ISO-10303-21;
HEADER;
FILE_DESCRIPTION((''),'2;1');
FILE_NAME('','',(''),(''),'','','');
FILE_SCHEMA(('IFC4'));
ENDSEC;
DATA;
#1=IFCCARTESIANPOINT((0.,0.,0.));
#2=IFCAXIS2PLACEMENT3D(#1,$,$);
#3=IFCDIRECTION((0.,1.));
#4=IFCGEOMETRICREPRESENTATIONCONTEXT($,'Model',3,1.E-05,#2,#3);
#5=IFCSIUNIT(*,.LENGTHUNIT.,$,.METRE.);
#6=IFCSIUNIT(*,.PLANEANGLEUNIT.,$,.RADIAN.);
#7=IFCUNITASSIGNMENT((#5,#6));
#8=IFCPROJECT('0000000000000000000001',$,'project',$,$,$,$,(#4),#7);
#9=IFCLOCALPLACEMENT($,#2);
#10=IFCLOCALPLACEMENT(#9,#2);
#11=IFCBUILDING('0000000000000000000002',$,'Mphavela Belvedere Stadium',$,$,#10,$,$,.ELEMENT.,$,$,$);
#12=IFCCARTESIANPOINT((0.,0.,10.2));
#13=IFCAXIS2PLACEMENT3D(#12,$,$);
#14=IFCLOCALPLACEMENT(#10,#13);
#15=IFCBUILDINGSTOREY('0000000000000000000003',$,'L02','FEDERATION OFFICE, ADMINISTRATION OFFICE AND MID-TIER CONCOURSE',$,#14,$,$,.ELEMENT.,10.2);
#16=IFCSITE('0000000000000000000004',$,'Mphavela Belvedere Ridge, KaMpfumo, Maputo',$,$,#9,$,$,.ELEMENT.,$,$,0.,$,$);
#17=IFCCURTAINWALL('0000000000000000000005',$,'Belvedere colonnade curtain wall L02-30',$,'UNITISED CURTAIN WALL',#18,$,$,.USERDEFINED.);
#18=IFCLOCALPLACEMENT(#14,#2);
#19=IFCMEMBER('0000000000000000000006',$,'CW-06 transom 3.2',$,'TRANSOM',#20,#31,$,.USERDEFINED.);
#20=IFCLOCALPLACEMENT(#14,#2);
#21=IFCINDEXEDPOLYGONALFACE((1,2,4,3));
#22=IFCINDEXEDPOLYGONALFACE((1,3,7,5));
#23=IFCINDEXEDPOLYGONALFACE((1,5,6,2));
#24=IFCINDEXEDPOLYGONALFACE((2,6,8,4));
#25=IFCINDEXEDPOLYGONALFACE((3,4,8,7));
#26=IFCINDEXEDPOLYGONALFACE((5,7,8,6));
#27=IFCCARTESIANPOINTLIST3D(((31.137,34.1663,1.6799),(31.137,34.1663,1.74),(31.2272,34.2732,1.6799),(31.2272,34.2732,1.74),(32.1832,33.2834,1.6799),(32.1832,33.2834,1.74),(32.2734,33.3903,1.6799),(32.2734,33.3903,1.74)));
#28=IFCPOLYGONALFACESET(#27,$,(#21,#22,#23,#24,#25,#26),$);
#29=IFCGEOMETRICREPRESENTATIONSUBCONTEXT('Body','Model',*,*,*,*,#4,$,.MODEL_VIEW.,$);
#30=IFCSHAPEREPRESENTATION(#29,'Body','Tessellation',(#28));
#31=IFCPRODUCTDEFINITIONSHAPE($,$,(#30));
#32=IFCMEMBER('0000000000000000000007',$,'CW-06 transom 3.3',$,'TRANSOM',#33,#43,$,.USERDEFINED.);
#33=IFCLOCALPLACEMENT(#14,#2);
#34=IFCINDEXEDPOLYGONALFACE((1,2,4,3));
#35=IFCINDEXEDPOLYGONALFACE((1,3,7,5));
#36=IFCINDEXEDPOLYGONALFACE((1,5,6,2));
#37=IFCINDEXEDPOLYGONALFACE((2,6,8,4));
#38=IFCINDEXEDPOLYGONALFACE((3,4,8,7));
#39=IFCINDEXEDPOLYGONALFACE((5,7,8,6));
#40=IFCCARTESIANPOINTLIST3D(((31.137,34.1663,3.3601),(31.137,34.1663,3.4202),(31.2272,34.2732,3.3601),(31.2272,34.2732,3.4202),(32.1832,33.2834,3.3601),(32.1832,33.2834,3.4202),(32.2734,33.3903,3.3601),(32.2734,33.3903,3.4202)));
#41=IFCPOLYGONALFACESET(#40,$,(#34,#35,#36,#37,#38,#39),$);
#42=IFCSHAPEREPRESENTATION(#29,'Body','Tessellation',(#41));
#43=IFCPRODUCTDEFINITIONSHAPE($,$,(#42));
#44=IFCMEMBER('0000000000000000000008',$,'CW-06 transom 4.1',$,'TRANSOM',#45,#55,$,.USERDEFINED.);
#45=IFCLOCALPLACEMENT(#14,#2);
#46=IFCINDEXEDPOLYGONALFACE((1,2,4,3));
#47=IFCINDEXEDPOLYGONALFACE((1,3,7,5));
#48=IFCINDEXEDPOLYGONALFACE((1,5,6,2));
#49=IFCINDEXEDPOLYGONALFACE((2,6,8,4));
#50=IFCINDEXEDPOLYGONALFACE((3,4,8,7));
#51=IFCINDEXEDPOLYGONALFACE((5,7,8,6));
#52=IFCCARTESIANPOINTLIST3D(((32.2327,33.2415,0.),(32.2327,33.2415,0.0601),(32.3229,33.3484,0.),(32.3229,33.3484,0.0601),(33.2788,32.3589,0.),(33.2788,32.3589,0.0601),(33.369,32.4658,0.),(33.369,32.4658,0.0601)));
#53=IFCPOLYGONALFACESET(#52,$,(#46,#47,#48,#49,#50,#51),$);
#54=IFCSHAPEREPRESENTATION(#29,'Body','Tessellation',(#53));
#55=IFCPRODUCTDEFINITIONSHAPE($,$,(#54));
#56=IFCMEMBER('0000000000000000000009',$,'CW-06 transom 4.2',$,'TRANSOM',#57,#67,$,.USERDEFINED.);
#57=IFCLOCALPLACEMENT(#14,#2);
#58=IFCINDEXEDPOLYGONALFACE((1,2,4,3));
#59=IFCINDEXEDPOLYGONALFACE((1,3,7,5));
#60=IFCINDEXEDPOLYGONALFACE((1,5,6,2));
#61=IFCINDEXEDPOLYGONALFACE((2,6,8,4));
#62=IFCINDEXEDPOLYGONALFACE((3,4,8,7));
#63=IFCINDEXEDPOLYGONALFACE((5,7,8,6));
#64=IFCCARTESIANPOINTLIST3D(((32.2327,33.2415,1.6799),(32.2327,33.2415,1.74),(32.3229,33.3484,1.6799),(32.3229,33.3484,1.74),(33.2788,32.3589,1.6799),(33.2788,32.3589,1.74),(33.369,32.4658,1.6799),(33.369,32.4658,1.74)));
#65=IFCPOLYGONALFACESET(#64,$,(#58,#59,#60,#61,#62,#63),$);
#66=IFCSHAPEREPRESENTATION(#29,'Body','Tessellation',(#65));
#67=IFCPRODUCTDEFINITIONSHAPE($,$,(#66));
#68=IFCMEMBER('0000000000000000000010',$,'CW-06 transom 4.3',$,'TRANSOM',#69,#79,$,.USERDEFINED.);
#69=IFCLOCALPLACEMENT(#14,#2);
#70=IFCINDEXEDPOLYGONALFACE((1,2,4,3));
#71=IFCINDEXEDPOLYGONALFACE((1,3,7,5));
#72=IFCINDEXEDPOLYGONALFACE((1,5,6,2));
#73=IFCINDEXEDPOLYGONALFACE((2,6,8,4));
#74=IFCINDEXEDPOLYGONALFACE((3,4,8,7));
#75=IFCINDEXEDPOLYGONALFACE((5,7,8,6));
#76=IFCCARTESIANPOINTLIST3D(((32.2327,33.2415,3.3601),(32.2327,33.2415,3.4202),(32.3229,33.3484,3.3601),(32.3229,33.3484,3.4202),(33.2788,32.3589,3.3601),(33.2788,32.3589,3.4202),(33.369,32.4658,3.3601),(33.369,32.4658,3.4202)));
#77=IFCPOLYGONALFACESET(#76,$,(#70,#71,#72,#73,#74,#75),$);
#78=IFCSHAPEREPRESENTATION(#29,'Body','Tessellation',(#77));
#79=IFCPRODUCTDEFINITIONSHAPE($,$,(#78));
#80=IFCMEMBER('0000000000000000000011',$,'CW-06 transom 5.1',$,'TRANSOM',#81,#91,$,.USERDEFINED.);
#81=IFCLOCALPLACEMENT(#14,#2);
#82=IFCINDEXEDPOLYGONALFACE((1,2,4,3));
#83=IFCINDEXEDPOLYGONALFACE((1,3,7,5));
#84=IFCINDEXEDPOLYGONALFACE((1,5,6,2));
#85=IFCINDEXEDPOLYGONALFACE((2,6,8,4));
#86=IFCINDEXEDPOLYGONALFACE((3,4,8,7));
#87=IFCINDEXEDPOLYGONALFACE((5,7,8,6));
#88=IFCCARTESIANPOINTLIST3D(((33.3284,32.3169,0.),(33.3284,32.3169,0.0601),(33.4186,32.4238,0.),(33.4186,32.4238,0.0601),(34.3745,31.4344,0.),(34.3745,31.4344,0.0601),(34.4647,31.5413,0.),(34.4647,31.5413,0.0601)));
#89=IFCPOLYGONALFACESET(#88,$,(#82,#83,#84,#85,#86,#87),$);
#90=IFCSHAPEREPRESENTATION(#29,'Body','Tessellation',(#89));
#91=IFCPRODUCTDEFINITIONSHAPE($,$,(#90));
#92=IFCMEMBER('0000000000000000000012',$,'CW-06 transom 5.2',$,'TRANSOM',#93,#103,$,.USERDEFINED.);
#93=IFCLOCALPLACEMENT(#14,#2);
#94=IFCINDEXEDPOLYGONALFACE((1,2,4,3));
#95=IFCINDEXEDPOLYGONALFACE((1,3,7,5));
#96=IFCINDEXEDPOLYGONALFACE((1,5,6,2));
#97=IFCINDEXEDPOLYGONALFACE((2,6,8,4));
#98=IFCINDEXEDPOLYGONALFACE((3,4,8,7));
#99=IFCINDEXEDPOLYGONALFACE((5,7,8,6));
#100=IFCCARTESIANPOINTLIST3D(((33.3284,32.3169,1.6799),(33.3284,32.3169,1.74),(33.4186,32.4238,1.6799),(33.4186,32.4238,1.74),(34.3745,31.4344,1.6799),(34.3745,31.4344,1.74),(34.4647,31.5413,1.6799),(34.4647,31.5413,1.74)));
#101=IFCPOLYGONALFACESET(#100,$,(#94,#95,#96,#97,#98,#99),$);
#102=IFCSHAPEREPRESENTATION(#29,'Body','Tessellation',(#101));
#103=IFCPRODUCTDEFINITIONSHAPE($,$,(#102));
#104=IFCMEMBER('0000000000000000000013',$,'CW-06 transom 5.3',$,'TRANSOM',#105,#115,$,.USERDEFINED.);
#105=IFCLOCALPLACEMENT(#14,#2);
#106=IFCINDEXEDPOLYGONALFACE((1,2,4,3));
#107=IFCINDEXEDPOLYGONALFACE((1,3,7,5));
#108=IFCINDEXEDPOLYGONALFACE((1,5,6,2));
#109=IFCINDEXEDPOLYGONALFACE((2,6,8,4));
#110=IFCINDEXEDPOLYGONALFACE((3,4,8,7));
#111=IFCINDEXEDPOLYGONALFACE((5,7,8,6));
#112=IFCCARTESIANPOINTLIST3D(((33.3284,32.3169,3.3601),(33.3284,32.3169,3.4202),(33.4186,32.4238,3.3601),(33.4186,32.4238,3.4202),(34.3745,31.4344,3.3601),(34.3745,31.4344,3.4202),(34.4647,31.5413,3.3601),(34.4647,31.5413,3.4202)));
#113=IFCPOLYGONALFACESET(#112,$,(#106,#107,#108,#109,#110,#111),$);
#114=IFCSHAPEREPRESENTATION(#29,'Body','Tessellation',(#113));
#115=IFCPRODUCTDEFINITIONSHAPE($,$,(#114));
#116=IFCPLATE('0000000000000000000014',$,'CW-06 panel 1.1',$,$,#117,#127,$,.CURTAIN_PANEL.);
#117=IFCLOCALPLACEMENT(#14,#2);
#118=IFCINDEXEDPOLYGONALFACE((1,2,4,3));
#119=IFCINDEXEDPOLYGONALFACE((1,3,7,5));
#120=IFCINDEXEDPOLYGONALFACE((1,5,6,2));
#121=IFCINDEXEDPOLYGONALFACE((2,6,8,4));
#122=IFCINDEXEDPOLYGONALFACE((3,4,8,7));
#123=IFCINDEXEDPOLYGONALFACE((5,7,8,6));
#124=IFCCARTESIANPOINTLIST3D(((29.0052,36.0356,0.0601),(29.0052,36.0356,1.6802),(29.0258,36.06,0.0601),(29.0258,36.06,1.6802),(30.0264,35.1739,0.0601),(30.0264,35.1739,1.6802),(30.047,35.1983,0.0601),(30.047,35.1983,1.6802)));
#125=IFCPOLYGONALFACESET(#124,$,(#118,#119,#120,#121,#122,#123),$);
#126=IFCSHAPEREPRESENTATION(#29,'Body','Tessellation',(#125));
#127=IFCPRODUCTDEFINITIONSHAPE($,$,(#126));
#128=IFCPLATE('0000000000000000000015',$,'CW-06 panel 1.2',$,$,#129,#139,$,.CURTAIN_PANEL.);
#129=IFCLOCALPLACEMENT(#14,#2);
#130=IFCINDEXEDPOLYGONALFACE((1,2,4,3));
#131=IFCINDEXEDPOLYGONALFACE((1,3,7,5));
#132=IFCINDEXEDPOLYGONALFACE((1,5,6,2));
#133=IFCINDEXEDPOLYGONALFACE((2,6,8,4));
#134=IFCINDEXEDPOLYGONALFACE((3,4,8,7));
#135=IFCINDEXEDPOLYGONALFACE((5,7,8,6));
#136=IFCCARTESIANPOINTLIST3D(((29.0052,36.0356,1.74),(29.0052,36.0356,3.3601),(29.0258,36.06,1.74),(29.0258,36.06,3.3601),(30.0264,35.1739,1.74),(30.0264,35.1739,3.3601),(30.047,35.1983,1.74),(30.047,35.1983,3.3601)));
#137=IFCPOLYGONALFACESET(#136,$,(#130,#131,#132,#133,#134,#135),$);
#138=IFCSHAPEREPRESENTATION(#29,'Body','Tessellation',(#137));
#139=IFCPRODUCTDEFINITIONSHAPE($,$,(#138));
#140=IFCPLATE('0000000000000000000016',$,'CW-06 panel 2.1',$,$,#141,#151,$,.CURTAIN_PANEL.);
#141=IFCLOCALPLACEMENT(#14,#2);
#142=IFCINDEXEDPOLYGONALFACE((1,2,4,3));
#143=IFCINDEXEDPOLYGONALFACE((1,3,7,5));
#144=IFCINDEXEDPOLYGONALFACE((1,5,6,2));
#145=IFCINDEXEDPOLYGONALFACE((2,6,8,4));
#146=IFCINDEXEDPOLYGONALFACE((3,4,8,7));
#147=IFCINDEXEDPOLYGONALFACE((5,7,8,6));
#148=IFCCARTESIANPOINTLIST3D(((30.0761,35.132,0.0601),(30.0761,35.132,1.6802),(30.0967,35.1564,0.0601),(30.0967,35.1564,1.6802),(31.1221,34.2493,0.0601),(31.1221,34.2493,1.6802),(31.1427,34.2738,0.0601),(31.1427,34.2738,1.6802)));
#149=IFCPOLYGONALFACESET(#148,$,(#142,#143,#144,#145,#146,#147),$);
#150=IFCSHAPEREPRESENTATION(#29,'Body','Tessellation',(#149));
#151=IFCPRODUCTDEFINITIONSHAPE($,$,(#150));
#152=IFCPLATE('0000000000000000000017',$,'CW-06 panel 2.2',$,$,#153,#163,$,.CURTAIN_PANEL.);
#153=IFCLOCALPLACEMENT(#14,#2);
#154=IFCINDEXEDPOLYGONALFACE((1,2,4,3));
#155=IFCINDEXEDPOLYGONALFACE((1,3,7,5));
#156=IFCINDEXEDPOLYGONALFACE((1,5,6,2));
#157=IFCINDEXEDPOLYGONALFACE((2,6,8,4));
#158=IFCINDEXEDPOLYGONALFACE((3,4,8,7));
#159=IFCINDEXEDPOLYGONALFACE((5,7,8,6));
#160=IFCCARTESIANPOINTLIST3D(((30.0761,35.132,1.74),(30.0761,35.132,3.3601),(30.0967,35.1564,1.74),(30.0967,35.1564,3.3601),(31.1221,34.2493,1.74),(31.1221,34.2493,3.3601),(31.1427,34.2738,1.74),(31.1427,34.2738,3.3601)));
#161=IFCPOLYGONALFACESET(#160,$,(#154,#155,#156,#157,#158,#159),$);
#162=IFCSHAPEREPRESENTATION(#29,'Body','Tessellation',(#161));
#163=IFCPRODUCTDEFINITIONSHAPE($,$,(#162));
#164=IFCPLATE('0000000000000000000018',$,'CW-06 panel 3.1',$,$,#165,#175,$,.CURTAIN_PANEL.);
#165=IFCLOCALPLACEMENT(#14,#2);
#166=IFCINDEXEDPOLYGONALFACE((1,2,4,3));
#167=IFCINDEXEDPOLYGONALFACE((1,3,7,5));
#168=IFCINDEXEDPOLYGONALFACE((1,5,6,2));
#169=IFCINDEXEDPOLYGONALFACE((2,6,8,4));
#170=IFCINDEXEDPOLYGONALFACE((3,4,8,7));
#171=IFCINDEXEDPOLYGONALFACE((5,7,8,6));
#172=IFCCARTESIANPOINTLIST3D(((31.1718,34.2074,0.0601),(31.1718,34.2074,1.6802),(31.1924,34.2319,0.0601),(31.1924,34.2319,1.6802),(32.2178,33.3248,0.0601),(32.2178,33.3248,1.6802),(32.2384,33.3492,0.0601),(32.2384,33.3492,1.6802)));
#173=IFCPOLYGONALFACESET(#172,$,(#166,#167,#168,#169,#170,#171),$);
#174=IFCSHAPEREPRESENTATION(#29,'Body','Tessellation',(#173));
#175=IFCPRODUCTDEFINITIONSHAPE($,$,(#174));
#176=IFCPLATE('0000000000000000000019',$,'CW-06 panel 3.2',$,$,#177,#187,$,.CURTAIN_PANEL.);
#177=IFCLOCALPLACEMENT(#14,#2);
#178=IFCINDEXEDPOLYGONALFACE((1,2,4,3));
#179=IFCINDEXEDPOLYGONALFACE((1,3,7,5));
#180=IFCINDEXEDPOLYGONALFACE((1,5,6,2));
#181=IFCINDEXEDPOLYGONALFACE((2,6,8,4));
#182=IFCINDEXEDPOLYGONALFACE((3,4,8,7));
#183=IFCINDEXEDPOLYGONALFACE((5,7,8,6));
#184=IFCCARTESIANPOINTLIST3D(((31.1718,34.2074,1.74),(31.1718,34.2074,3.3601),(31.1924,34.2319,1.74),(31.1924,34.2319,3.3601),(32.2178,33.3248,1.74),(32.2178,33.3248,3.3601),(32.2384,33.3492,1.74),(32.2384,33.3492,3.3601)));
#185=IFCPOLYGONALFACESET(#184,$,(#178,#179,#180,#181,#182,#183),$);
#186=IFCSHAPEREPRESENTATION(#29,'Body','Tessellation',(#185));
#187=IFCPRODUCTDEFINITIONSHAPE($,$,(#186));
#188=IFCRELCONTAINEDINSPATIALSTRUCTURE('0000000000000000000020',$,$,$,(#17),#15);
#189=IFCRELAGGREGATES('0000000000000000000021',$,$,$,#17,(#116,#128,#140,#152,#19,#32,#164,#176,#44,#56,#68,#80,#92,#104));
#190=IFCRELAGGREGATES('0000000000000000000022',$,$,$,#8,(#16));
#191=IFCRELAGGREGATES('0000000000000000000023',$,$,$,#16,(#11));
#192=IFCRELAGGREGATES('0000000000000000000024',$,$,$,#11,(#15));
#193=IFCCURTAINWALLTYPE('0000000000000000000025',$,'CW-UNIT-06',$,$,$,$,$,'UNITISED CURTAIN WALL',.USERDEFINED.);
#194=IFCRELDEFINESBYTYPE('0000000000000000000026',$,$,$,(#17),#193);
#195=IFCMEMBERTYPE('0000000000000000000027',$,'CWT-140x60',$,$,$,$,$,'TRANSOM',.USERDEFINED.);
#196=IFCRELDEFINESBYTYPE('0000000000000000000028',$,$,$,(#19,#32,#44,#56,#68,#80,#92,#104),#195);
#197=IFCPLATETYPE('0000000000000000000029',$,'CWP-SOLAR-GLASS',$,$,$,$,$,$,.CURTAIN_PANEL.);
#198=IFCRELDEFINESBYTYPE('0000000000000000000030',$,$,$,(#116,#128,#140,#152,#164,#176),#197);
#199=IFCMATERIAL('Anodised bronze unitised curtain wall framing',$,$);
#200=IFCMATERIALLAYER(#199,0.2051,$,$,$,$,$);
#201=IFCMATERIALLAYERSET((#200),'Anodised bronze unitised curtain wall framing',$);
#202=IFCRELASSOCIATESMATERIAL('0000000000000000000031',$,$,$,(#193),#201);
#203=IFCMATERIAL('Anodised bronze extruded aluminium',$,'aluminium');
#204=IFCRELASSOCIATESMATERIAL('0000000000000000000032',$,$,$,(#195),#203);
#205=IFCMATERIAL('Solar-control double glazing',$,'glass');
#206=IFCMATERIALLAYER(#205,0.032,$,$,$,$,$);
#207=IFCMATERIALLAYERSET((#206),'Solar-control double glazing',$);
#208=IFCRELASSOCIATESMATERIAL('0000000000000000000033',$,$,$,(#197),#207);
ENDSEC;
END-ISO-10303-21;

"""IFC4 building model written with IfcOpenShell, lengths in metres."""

from ifc_helpers import new_model, si_unit, direction, frame, origin, origin_2d, place, context, subcontext, project, spatial, rectangle, extrude, material, layer, layer_set, material_profile, profile_set, type_object, element, aggregate, save


model = new_model("IFC4")

# Units and contexts
model_context = context("Model", 3, precision=1e-05, world=origin(), true_north=direction((0.0, 1.0)))
body_context = subcontext(model_context, "Body", "Model", "MODEL_VIEW")
ifc_project = project(units=[si_unit("LENGTHUNIT", "METRE"), si_unit("PLANEANGLEUNIT", "RADIAN")], contexts=[model_context])

# Site, building, storey
site_placement = place(None, origin())
site = spatial("IfcSite", under=ifc_project, at=site_placement, Name="Mphavela Belvedere Ridge, KaMpfumo, Maputo", CompositionType="ELEMENT", RefElevation=0.0)
building_placement = place(site_placement, origin())
building = spatial("IfcBuilding", under=site, at=building_placement, Name="Mphavela Belvedere Stadium", CompositionType="ELEMENT")
storey_placement = place(building_placement, frame((0.0, 0.0, 10.2)))
storey = spatial("IfcBuildingStorey", under=building, at=storey_placement, Name="L02", Description="FEDERATION OFFICE, ADMINISTRATION OFFICE AND MID-TIER CONCOURSE", CompositionType="ELEMENT", Elevation=10.2)

# Curtain wall, members, plates
ifc_material_1 = material(Name="Anodised bronze unitised curtain wall framing")
ifc_layer_1 = layer(ifc_material_1, 0.2051)
ifc_layer_set_1 = layer_set([ifc_layer_1], Name="Anodised bronze unitised curtain wall framing")
curtain_wall_type = type_object("IfcCurtainWallType", Name="CW-UNIT-06", ElementType="UNITISED CURTAIN WALL", PredefinedType="USERDEFINED", material=ifc_layer_set_1)
curtain_wall_placement = place(storey_placement, origin())
curtain_wall = element("IfcCurtainWall", 1, at=curtain_wall_placement, inside=storey, type_object=curtain_wall_type, Name="Belvedere colonnade curtain wall L02-30", ObjectType="UNITISED CURTAIN WALL", PredefinedType="USERDEFINED")
ifc_material_2 = material(Name="Anodised bronze extruded aluminium", Category="aluminium")
ifc_material_profile_1 = material_profile(ifc_material_2, rectangle(XDim=0.1399, YDim=0.0601, at=origin_2d()), Name="CW-TRN 140x60")
ifc_profile_set_1 = profile_set([ifc_material_profile_1], Name="Anodised bronze extruded aluminium")
member_type_1 = type_object("IfcMemberType", Name="CWT-140x60", ElementType="TRANSOM", PredefinedType="USERDEFINED", material=ifc_profile_set_1)
member_1_placement = place(storey_placement, frame((31.1821, 34.2197, 1.71), z_axis=(0.764245, -0.644926, 0.0), x_axis=(0.644926, 0.764245, 0.0)))
member_1 = element("IfcMember", 2, at=member_1_placement, type_object=member_type_1, Name="CW-06 transom 3.2", ObjectType="TRANSOM", PredefinedType="USERDEFINED", context=body_context, shape_type="SweptSolid", body=[
    extrude(rectangle(XDim=0.1399, YDim=0.0601, at=origin_2d()), origin(), (0.0, 0.0, 1.0), 1.3689),
])
member_2_placement = place(storey_placement, frame((31.1821, 34.2197, 3.3901), z_axis=(0.764245, -0.644926, 0.0), x_axis=(0.644926, 0.764245, 0.0)))
member_2 = element("IfcMember", 3, at=member_2_placement, type_object=member_type_1, Name="CW-06 transom 3.3", ObjectType="TRANSOM", PredefinedType="USERDEFINED", context=body_context, shape_type="SweptSolid", body=[
    extrude(rectangle(XDim=0.1399, YDim=0.0601, at=origin_2d()), origin(), (0.0, 0.0, 1.0), 1.3689),
])
member_3_placement = place(storey_placement, frame((32.2778, 33.2949, 0.03), z_axis=(0.764333, -0.644822, 0.0), x_axis=(0.644822, 0.764333, 0.0)))
member_3 = element("IfcMember", 4, at=member_3_placement, type_object=member_type_1, Name="CW-06 transom 4.1", ObjectType="TRANSOM", PredefinedType="USERDEFINED", context=body_context, shape_type="SweptSolid", body=[
    extrude(rectangle(XDim=0.1399, YDim=0.0601, at=origin_2d()), origin(), (0.0, 0.0, 1.0), 1.3687),
])
member_4_placement = place(storey_placement, frame((32.2778, 33.2949, 1.71), z_axis=(0.764333, -0.644822, 0.0), x_axis=(0.644822, 0.764333, 0.0)))
member_4 = element("IfcMember", 5, at=member_4_placement, type_object=member_type_1, Name="CW-06 transom 4.2", ObjectType="TRANSOM", PredefinedType="USERDEFINED", context=body_context, shape_type="SweptSolid", body=[
    extrude(rectangle(XDim=0.1399, YDim=0.0601, at=origin_2d()), origin(), (0.0, 0.0, 1.0), 1.3687),
])
member_5_placement = place(storey_placement, frame((32.2778, 33.2949, 3.3901), z_axis=(0.764333, -0.644822, 0.0), x_axis=(0.644822, 0.764333, 0.0)))
member_5 = element("IfcMember", 6, at=member_5_placement, type_object=member_type_1, Name="CW-06 transom 4.3", ObjectType="TRANSOM", PredefinedType="USERDEFINED", context=body_context, shape_type="SweptSolid", body=[
    extrude(rectangle(XDim=0.1399, YDim=0.0601, at=origin_2d()), origin(), (0.0, 0.0, 1.0), 1.3687),
])
member_6_placement = place(storey_placement, frame((33.3735, 32.3704, 0.03), z_axis=(0.764333, -0.644822, 0.0), x_axis=(0.644822, 0.764333, 0.0)))
member_6 = element("IfcMember", 7, at=member_6_placement, type_object=member_type_1, Name="CW-06 transom 5.1", ObjectType="TRANSOM", PredefinedType="USERDEFINED", context=body_context, shape_type="SweptSolid", body=[
    extrude(rectangle(XDim=0.1399, YDim=0.0601, at=origin_2d()), origin(), (0.0, 0.0, 1.0), 1.3687),
])
member_7_placement = place(storey_placement, frame((33.3735, 32.3704, 1.71), z_axis=(0.764333, -0.644822, 0.0), x_axis=(0.644822, 0.764333, 0.0)))
member_7 = element("IfcMember", 8, at=member_7_placement, type_object=member_type_1, Name="CW-06 transom 5.2", ObjectType="TRANSOM", PredefinedType="USERDEFINED", context=body_context, shape_type="SweptSolid", body=[
    extrude(rectangle(XDim=0.1399, YDim=0.0601, at=origin_2d()), origin(), (0.0, 0.0, 1.0), 1.3687),
])
member_8_placement = place(storey_placement, frame((33.3735, 32.3704, 3.3901), z_axis=(0.764333, -0.644822, 0.0), x_axis=(0.644822, 0.764333, 0.0)))
member_8 = element("IfcMember", 9, at=member_8_placement, type_object=member_type_1, Name="CW-06 transom 5.3", ObjectType="TRANSOM", PredefinedType="USERDEFINED", context=body_context, shape_type="SweptSolid", body=[
    extrude(rectangle(XDim=0.1399, YDim=0.0601, at=origin_2d()), origin(), (0.0, 0.0, 1.0), 1.3687),
])
ifc_material_3 = material(Name="Solar-control double glazing", Category="glass")
ifc_layer_2 = layer(ifc_material_3, 0.032)
ifc_layer_set_2 = layer_set([ifc_layer_2], Name="Solar-control double glazing")
plate_type = type_object("IfcPlateType", Name="CWP-SOLAR-GLASS", PredefinedType="CURTAIN_PANEL", material=ifc_layer_set_2)
plate_1_placement = place(storey_placement, frame((29.5261, 35.6169, 0.0601), z_axis=(0.0, 0.0, 1.0), x_axis=(0.764261, -0.644907, 0.0)))
plate_1 = element("IfcPlate", 10, at=plate_1_placement, type_object=plate_type, Name="CW-06 panel 1.1", PredefinedType="CURTAIN_PANEL", context=body_context, shape_type="SweptSolid", body=[
    extrude(rectangle(XDim=1.3362, YDim=0.032, at=origin_2d()), origin(), (0.0, 0.0, 1.0), 1.6201),
])
plate_2_placement = place(storey_placement, frame((29.5261, 35.6169, 1.74), z_axis=(0.0, 0.0, 1.0), x_axis=(0.764261, -0.644907, 0.0)))
plate_2 = element("IfcPlate", 11, at=plate_2_placement, type_object=plate_type, Name="CW-06 panel 1.2", PredefinedType="CURTAIN_PANEL", context=body_context, shape_type="SweptSolid", body=[
    extrude(rectangle(XDim=1.3362, YDim=0.032, at=origin_2d()), origin(), (0.0, 0.0, 1.0), 1.6201),
])
plate_3_placement = place(storey_placement, frame((30.6094, 34.7029, 0.0601), z_axis=(0.0, 0.0, 1.0), x_axis=(0.764261, -0.644907, 0.0)))
plate_3 = element("IfcPlate", 12, at=plate_3_placement, type_object=plate_type, Name="CW-06 panel 2.1", PredefinedType="CURTAIN_PANEL", context=body_context, shape_type="SweptSolid", body=[
    extrude(rectangle(XDim=1.3687, YDim=0.032, at=origin_2d()), origin(), (0.0, 0.0, 1.0), 1.6201),
])
plate_4_placement = place(storey_placement, frame((30.6094, 34.7029, 1.74), z_axis=(0.0, 0.0, 1.0), x_axis=(0.764261, -0.644907, 0.0)))
plate_4 = element("IfcPlate", 13, at=plate_4_placement, type_object=plate_type, Name="CW-06 panel 2.2", PredefinedType="CURTAIN_PANEL", context=body_context, shape_type="SweptSolid", body=[
    extrude(rectangle(XDim=1.3687, YDim=0.032, at=origin_2d()), origin(), (0.0, 0.0, 1.0), 1.6201),
])
plate_5_placement = place(storey_placement, frame((31.7051, 33.7783, 0.0601), z_axis=(0.0, 0.0, 1.0), x_axis=(0.764261, -0.644907, 0.0)))
plate_5 = element("IfcPlate", 14, at=plate_5_placement, type_object=plate_type, Name="CW-06 panel 3.1", PredefinedType="CURTAIN_PANEL", context=body_context, shape_type="SweptSolid", body=[
    extrude(rectangle(XDim=1.3687, YDim=0.032, at=origin_2d()), origin(), (0.0, 0.0, 1.0), 1.6201),
])
plate_6_placement = place(storey_placement, frame((31.7051, 33.7783, 1.74), z_axis=(0.0, 0.0, 1.0), x_axis=(0.764261, -0.644907, 0.0)))
plate_6 = element("IfcPlate", 15, at=plate_6_placement, type_object=plate_type, Name="CW-06 panel 3.2", PredefinedType="CURTAIN_PANEL", context=body_context, shape_type="SweptSolid", body=[
    extrude(rectangle(XDim=1.3687, YDim=0.032, at=origin_2d()), origin(), (0.0, 0.0, 1.0), 1.6201),
])
aggregate(curtain_wall, [plate_1, plate_2, plate_3, plate_4, member_1, member_2, plate_5, plate_6, member_3, member_4, member_5, member_6, member_7, member_8])

save(model, "model.ifc")
